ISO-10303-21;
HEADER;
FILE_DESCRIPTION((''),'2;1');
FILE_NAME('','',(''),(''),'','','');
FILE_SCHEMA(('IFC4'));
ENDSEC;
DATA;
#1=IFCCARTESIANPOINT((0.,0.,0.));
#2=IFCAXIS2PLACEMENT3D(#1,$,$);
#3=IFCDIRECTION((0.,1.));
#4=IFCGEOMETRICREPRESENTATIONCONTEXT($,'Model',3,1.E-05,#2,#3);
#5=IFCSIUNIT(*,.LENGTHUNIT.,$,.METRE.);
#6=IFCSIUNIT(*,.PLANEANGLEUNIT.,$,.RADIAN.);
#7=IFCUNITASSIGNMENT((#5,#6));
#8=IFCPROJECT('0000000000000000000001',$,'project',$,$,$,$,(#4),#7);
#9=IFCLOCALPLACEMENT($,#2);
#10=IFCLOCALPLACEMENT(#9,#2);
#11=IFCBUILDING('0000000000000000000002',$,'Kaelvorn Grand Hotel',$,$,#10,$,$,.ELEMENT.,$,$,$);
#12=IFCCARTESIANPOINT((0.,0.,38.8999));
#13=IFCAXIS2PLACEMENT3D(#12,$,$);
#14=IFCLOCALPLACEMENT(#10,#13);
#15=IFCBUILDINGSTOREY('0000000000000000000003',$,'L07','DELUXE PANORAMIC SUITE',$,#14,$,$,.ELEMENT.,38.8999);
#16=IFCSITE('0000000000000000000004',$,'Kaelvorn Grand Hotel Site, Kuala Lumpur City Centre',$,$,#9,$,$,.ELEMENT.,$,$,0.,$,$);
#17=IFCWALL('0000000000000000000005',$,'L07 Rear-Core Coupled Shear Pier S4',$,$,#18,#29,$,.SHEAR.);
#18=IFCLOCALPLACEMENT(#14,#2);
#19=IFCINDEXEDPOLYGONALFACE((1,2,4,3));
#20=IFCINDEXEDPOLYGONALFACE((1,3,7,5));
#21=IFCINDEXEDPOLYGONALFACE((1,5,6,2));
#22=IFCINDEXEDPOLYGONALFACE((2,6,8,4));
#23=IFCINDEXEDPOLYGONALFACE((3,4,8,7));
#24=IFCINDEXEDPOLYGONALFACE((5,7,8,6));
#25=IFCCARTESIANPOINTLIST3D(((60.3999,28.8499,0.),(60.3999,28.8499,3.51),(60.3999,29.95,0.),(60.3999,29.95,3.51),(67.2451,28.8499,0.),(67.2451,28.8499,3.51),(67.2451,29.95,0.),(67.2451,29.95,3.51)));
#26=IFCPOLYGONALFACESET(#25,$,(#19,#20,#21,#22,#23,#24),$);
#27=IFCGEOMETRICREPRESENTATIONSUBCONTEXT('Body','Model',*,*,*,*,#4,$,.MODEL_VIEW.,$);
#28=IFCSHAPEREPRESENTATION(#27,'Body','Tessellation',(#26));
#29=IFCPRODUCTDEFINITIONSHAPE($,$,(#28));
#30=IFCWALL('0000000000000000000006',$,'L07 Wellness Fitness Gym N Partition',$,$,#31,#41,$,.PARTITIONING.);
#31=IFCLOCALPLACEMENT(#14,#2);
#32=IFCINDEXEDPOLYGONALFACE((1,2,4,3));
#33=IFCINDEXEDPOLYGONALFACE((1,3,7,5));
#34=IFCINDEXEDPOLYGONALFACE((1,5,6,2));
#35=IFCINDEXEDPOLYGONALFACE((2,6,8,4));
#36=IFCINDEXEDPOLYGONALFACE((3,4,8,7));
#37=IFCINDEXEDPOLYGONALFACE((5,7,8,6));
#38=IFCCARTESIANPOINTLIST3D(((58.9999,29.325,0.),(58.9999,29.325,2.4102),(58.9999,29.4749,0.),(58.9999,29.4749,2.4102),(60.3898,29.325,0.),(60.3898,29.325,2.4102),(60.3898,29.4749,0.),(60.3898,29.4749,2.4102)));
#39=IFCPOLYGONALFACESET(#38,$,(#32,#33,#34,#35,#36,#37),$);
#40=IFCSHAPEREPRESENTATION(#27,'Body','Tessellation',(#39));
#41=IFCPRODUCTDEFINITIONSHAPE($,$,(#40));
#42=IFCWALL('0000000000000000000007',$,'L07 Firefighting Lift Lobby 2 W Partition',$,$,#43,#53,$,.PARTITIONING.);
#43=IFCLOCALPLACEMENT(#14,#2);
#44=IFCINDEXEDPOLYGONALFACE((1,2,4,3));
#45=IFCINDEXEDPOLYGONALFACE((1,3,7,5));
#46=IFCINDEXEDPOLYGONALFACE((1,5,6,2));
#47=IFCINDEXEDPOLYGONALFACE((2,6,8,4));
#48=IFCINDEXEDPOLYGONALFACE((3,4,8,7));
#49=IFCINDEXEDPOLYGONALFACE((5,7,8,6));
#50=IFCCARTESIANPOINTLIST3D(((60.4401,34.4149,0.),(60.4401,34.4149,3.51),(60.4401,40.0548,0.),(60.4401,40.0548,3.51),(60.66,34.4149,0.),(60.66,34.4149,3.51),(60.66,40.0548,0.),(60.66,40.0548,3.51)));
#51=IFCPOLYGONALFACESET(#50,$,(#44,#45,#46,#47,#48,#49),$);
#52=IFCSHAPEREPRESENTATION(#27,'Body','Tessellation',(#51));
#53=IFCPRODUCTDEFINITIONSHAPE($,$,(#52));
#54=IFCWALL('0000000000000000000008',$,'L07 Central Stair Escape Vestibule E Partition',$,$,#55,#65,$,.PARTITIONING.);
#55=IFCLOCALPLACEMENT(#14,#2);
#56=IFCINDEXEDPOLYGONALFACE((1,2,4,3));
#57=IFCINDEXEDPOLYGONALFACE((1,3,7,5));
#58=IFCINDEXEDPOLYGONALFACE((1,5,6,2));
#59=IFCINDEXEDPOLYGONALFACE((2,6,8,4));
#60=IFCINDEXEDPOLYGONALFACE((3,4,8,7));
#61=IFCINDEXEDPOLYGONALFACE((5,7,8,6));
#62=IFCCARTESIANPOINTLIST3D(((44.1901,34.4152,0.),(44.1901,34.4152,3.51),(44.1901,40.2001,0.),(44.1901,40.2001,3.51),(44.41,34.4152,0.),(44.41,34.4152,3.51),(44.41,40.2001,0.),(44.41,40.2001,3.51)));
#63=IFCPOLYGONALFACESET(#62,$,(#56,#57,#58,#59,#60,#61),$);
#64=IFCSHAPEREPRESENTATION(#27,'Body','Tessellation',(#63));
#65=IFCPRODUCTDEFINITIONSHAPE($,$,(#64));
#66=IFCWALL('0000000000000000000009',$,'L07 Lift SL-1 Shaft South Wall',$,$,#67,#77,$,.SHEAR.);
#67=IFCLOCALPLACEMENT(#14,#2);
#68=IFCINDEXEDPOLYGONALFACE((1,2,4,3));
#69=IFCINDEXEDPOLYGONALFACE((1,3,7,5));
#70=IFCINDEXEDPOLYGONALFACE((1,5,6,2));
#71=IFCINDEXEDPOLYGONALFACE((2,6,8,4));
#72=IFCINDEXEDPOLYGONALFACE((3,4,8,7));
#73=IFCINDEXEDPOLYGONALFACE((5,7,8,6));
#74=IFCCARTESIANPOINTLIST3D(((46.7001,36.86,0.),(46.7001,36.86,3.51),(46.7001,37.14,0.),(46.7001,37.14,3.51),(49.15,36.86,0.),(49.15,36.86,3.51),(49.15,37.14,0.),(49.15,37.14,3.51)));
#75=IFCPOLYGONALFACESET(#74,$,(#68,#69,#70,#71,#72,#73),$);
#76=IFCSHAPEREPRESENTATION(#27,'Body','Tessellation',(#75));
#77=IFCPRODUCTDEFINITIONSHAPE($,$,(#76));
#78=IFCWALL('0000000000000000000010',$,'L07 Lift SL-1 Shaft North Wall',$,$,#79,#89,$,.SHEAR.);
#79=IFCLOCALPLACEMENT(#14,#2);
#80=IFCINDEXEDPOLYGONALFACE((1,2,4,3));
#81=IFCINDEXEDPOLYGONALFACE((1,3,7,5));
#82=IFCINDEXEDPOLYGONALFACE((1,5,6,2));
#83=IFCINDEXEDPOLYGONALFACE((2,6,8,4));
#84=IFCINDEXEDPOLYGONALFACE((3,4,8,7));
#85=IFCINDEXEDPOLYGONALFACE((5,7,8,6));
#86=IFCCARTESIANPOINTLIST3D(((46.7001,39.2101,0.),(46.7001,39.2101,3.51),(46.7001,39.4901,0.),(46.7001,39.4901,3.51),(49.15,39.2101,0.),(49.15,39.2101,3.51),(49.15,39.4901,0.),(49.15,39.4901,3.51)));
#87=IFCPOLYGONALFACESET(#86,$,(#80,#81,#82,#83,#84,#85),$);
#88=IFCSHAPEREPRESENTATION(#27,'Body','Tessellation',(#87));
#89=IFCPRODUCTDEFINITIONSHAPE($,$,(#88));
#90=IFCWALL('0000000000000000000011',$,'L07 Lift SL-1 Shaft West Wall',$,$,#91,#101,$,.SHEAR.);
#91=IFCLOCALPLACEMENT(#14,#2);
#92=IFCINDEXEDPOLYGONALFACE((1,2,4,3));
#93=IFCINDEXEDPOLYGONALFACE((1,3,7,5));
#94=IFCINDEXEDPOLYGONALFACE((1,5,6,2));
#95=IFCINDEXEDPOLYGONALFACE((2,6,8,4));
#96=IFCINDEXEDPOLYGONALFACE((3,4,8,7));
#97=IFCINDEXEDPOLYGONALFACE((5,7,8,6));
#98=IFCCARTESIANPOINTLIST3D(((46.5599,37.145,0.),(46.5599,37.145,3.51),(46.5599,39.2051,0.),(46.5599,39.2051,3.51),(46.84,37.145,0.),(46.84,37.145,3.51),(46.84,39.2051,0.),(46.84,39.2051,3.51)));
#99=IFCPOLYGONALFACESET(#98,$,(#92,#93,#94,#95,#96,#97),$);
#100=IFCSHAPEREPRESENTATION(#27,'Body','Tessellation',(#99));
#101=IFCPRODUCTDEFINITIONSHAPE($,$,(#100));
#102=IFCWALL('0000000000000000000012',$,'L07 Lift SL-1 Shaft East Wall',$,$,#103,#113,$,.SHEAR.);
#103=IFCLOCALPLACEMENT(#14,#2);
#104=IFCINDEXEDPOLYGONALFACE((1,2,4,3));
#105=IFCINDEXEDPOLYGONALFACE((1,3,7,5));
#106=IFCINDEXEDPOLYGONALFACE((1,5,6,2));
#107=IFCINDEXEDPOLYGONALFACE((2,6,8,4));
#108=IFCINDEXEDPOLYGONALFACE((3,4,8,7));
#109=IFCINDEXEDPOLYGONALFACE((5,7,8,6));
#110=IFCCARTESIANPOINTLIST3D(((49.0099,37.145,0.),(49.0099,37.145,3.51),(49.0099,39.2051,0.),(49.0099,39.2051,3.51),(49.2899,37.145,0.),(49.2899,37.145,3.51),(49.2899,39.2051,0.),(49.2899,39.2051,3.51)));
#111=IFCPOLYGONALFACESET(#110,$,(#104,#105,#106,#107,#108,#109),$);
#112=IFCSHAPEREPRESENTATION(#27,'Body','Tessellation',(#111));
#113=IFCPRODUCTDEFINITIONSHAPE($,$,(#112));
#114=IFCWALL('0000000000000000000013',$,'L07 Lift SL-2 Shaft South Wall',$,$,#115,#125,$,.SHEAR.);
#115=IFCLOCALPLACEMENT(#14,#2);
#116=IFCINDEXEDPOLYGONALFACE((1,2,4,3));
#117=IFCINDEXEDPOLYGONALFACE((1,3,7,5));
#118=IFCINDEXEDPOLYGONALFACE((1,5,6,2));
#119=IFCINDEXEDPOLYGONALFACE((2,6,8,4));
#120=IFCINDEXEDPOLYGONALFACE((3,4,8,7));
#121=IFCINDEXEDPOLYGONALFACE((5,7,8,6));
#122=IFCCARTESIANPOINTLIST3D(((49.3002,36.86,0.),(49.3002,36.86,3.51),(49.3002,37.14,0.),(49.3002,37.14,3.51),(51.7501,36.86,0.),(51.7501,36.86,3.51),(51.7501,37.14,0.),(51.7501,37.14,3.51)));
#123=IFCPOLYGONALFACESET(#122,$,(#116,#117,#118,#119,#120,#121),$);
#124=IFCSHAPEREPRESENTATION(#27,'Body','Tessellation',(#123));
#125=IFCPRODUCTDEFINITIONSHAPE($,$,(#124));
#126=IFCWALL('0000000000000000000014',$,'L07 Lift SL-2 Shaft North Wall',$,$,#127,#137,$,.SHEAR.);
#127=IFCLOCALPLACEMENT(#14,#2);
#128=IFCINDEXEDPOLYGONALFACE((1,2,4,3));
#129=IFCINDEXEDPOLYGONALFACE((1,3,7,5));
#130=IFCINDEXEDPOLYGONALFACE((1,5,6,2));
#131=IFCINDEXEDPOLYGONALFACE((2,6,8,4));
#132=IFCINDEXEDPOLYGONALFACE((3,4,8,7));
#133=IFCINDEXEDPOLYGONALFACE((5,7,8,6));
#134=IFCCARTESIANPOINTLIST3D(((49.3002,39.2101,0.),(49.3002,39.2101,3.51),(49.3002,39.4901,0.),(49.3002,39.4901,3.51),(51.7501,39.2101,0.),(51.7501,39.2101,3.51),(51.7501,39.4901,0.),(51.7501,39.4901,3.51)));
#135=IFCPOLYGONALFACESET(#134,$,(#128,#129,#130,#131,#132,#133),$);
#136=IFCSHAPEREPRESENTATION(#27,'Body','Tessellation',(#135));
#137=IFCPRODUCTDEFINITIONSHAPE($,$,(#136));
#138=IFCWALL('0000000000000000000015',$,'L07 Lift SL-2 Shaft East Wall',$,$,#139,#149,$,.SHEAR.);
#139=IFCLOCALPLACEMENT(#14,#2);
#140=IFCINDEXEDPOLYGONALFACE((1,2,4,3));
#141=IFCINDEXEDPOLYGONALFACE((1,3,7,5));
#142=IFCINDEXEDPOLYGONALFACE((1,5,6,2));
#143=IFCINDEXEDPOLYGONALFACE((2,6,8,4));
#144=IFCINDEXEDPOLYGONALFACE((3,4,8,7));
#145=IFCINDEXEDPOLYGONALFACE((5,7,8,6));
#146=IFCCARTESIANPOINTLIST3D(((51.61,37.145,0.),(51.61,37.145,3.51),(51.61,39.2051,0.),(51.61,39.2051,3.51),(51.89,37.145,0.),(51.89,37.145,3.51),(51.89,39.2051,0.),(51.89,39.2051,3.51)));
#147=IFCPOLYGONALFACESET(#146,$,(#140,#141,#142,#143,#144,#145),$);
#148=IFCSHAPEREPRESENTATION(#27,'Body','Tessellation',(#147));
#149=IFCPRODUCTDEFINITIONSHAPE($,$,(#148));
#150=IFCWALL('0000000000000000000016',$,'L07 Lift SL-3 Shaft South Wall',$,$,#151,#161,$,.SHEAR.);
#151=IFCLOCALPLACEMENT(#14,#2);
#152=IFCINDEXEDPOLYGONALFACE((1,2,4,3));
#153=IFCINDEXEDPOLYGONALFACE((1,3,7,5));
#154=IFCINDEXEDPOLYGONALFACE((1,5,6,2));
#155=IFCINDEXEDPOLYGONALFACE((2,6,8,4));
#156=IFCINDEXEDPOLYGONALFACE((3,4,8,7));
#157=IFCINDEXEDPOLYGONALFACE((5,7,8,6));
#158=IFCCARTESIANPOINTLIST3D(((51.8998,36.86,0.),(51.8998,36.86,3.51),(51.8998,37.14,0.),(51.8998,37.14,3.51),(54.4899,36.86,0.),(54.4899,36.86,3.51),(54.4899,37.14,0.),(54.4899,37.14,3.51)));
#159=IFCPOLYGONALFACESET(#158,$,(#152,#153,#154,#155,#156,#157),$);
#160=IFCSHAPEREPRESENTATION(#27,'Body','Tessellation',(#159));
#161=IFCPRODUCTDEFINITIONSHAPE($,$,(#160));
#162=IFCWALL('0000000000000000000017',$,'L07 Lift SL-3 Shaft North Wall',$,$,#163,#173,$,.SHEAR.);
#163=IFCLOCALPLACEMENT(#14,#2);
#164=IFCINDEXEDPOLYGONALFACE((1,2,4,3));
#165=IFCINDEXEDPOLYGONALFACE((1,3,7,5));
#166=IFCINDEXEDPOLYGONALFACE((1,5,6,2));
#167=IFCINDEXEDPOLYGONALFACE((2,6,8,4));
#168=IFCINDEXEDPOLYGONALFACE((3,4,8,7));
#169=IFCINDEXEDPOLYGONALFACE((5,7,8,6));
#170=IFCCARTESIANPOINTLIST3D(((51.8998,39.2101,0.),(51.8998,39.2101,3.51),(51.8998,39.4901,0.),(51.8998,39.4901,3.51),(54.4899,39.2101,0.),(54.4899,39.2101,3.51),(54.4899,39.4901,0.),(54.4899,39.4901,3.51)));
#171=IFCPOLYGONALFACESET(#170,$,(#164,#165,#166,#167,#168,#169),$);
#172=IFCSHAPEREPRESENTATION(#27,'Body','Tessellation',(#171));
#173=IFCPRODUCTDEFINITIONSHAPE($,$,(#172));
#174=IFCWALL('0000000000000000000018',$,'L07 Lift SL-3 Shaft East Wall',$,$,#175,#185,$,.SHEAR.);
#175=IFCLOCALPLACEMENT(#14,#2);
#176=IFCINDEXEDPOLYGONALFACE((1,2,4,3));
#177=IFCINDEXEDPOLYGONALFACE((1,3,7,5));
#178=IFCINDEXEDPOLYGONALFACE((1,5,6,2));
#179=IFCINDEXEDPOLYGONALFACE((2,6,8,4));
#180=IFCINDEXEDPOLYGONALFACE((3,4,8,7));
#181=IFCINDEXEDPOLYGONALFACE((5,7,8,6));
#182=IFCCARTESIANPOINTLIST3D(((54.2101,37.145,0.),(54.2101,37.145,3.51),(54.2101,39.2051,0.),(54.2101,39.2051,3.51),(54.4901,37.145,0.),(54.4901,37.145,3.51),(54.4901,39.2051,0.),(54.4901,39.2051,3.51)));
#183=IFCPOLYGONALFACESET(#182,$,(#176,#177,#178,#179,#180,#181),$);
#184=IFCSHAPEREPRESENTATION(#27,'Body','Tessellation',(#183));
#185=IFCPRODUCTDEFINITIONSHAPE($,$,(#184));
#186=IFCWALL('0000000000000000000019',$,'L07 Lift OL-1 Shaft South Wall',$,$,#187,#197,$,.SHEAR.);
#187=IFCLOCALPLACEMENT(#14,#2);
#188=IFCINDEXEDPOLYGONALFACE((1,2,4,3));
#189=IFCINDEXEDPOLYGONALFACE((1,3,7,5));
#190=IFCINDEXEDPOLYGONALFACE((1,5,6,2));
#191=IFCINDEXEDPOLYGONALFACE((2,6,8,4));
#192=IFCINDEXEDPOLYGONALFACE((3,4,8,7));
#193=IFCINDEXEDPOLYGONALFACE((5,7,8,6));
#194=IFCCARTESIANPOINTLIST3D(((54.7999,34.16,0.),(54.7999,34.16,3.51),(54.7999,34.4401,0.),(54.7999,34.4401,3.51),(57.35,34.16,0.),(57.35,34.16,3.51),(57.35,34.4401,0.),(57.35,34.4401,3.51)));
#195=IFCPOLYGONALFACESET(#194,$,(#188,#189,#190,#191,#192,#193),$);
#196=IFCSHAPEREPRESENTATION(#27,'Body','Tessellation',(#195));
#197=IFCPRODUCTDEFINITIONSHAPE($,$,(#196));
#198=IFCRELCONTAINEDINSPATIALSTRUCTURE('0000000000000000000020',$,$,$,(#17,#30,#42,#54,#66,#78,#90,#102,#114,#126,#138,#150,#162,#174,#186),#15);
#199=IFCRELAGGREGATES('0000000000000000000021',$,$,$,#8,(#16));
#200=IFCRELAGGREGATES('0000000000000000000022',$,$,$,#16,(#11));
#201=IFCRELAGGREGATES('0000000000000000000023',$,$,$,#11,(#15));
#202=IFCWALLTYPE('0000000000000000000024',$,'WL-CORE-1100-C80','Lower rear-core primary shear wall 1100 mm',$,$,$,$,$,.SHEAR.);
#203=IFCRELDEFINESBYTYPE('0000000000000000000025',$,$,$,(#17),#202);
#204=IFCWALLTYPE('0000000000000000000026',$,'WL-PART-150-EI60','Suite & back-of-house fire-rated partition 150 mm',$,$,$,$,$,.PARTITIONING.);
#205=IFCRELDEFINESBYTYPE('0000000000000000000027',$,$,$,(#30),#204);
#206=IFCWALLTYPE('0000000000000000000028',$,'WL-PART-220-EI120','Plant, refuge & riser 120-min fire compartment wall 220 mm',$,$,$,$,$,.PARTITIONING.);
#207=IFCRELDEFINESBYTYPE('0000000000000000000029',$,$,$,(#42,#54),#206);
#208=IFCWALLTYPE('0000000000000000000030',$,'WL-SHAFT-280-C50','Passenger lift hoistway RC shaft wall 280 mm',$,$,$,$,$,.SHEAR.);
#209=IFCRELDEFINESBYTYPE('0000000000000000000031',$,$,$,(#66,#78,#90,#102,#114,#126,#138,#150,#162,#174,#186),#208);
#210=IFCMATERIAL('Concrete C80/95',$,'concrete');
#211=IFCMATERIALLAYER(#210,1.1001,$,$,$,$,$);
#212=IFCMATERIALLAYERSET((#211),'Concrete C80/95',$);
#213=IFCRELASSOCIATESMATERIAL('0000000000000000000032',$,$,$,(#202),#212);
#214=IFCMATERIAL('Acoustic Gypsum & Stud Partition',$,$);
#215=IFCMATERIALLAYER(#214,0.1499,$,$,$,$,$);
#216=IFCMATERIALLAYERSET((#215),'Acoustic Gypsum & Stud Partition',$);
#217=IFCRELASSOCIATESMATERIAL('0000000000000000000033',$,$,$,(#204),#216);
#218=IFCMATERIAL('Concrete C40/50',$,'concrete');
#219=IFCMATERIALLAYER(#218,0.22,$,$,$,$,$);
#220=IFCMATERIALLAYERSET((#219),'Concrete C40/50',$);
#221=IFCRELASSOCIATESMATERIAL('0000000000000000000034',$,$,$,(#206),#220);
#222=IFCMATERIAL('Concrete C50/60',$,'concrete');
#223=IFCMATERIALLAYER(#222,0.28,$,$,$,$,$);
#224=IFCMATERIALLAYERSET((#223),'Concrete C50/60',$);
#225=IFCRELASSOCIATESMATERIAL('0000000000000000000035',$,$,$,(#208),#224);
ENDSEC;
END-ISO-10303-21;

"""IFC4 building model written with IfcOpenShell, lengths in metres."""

from ifc_helpers import new_model, si_unit, direction, frame, frame_2d, origin, place, context, subcontext, project, spatial, rectangle, extrude, material, layer, layer_set, type_object, element, save


model = new_model("IFC4")

# Units and contexts
model_context = context("Model", 3, precision=1e-05, world=origin(), true_north=direction((0.0, 1.0)))
body_context = subcontext(model_context, "Body", "Model", "MODEL_VIEW")
ifc_project = project(units=[si_unit("LENGTHUNIT", "METRE"), si_unit("PLANEANGLEUNIT", "RADIAN")], contexts=[model_context])

# Site, building, storey
site_placement = place(None, origin())
site = spatial("IfcSite", under=ifc_project, at=site_placement, Name="Kaelvorn Grand Hotel Site, Kuala Lumpur City Centre", CompositionType="ELEMENT", RefElevation=0.0)
building_placement = place(site_placement, origin())
building = spatial("IfcBuilding", under=site, at=building_placement, Name="Kaelvorn Grand Hotel", CompositionType="ELEMENT")
storey_placement = place(building_placement, frame((0.0, 0.0, 38.8999)))
storey = spatial("IfcBuildingStorey", under=building, at=storey_placement, Name="L07", Description="DELUXE PANORAMIC SUITE", CompositionType="ELEMENT", Elevation=38.8999)

# Walls
ifc_material_1 = material(Name="Concrete C80/95", Category="concrete")
ifc_layer_1 = layer(ifc_material_1, 1.1001)
ifc_layer_set_1 = layer_set([ifc_layer_1], Name="Concrete C80/95")
wall_type_1 = type_object("IfcWallType", Name="WL-CORE-1100-C80", Description="Lower rear-core primary shear wall 1100 mm", PredefinedType="SHEAR", material=ifc_layer_set_1)
wall_1_placement = place(storey_placement, frame((60.3999, 29.3999, 0.0), z_axis=(0.0, 0.0, 1.0), x_axis=(1.0, 0.0, 0.0)))
element("IfcWall", 1, at=wall_1_placement, inside=storey, type_object=wall_type_1, Name="L07 Rear-Core Coupled Shear Pier S4", PredefinedType="SHEAR", context=body_context, shape_type="SweptSolid", body=[
    extrude(rectangle(XDim=6.8452, YDim=1.1001, at=frame_2d((3.4226, 0.0))), origin(), (0.0, 0.0, 1.0), 3.51),
])
ifc_material_2 = material(Name="Acoustic Gypsum & Stud Partition")
ifc_layer_2 = layer(ifc_material_2, 0.1499)
ifc_layer_set_2 = layer_set([ifc_layer_2], Name="Acoustic Gypsum & Stud Partition")
wall_type_2 = type_object("IfcWallType", Name="WL-PART-150-EI60", Description="Suite & back-of-house fire-rated partition 150 mm", PredefinedType="PARTITIONING", material=ifc_layer_set_2)
wall_2_placement = place(storey_placement, frame((59.0, 29.3999, 0.0), z_axis=(0.0, 0.0, 1.0), x_axis=(1.0, 0.0, 0.0)))
element("IfcWall", 2, at=wall_2_placement, inside=storey, type_object=wall_type_2, Name="L07 Wellness Fitness Gym N Partition", PredefinedType="PARTITIONING", context=body_context, shape_type="SweptSolid", body=[
    extrude(rectangle(XDim=1.3899, YDim=0.1499, at=frame_2d((0.6948, 0.0))), origin(), (0.0, 0.0, 1.0), 2.4102),
])

# Shared definitions
ifc_material_3 = material(Name="Concrete C40/50", Category="concrete")
ifc_layer_3 = layer(ifc_material_3, 0.22)
ifc_layer_set_3 = layer_set([ifc_layer_3], Name="Concrete C40/50")
wall_type_3 = type_object("IfcWallType", Name="WL-PART-220-EI120", Description="Plant, refuge & riser 120-min fire compartment wall 220 mm", PredefinedType="PARTITIONING", material=ifc_layer_set_3)

# Walls
wall_3_placement = place(storey_placement, frame((60.55, 34.415, 0.0), z_axis=(0.0, 0.0, 1.0), x_axis=(0.0, 1.0, 0.0)))
element("IfcWall", 3, at=wall_3_placement, inside=storey, type_object=wall_type_3, Name="L07 Firefighting Lift Lobby 2 W Partition", PredefinedType="PARTITIONING", context=body_context, shape_type="SweptSolid", body=[
    extrude(rectangle(XDim=5.6399, YDim=0.22, at=frame_2d((2.8198, 0.0))), origin(), (0.0, 0.0, 1.0), 3.51),
])
wall_4_placement = place(storey_placement, frame((44.3, 34.415, 0.0), z_axis=(0.0, 0.0, 1.0), x_axis=(0.0, 1.0, 0.0)))
element("IfcWall", 4, at=wall_4_placement, inside=storey, type_object=wall_type_3, Name="L07 Central Stair Escape Vestibule E Partition", PredefinedType="PARTITIONING", context=body_context, shape_type="SweptSolid", body=[
    extrude(rectangle(XDim=5.7849, YDim=0.22, at=frame_2d((2.8926, 0.0))), origin(), (0.0, 0.0, 1.0), 3.51),
])
ifc_material_4 = material(Name="Concrete C50/60", Category="concrete")
ifc_layer_4 = layer(ifc_material_4, 0.28)
ifc_layer_set_4 = layer_set([ifc_layer_4], Name="Concrete C50/60")
wall_type_4 = type_object("IfcWallType", Name="WL-SHAFT-280-C50", Description="Passenger lift hoistway RC shaft wall 280 mm", PredefinedType="SHEAR", material=ifc_layer_set_4)
for number, where, z_axis, x_axis, name in (
    (5, (46.7, 37.0, 0.0), (0.0, 0.0, 1.0), (1.0, 0.0, 0.0), "L07 Lift SL-1 Shaft South Wall"),
    (6, (46.7, 39.3501, 0.0), (0.0, 0.0, 1.0), (1.0, 0.0, 0.0), "L07 Lift SL-1 Shaft North Wall"),
):
    element("IfcWall", number, at=place(storey_placement, frame(where, z_axis=z_axis, x_axis=x_axis)), inside=storey, type_object=wall_type_4, Name=name, PredefinedType="SHEAR", context=body_context, shape_type="SweptSolid", body=[
        extrude(rectangle(XDim=2.45, YDim=0.28, at=frame_2d((1.2251, 0.0))), origin(), (0.0, 0.0, 1.0), 3.51),
    ])
for number, where, z_axis, x_axis, name in (
    (7, (46.7, 37.145, 0.0), (0.0, 0.0, 1.0), (0.0, 1.0, 0.0), "L07 Lift SL-1 Shaft West Wall"),
    (8, (49.1499, 37.145, 0.0), (0.0, 0.0, 1.0), (0.0, 1.0, 0.0), "L07 Lift SL-1 Shaft East Wall"),
):
    element("IfcWall", number, at=place(storey_placement, frame(where, z_axis=z_axis, x_axis=x_axis)), inside=storey, type_object=wall_type_4, Name=name, PredefinedType="SHEAR", context=body_context, shape_type="SweptSolid", body=[
        extrude(rectangle(XDim=2.0601, YDim=0.28, at=frame_2d((1.03, 0.0))), origin(), (0.0, 0.0, 1.0), 3.51),
    ])
for number, where, z_axis, x_axis, name in (
    (9, (49.3, 37.0, 0.0), (0.0, 0.0, 1.0), (1.0, 0.0, 0.0), "L07 Lift SL-2 Shaft South Wall"),
    (10, (49.3, 39.3501, 0.0), (0.0, 0.0, 1.0), (1.0, 0.0, 0.0), "L07 Lift SL-2 Shaft North Wall"),
):
    element("IfcWall", number, at=place(storey_placement, frame(where, z_axis=z_axis, x_axis=x_axis)), inside=storey, type_object=wall_type_4, Name=name, PredefinedType="SHEAR", context=body_context, shape_type="SweptSolid", body=[
        extrude(rectangle(XDim=2.45, YDim=0.28, at=frame_2d((1.2251, 0.0))), origin(), (0.0, 0.0, 1.0), 3.51),
    ])
wall_5_placement = place(storey_placement, frame((51.75, 37.145, 0.0), z_axis=(0.0, 0.0, 1.0), x_axis=(0.0, 1.0, 0.0)))
element("IfcWall", 11, at=wall_5_placement, inside=storey, type_object=wall_type_4, Name="L07 Lift SL-2 Shaft East Wall", PredefinedType="SHEAR", context=body_context, shape_type="SweptSolid", body=[
    extrude(rectangle(XDim=2.0601, YDim=0.28, at=frame_2d((1.03, 0.0))), origin(), (0.0, 0.0, 1.0), 3.51),
])
for number, where, z_axis, x_axis, name in (
    (12, (51.8999, 37.0, 0.0), (0.0, 0.0, 1.0), (1.0, 0.0, 0.0), "L07 Lift SL-3 Shaft South Wall"),
    (13, (51.8999, 39.3501, 0.0), (0.0, 0.0, 1.0), (1.0, 0.0, 0.0), "L07 Lift SL-3 Shaft North Wall"),
):
    element("IfcWall", number, at=place(storey_placement, frame(where, z_axis=z_axis, x_axis=x_axis)), inside=storey, type_object=wall_type_4, Name=name, PredefinedType="SHEAR", context=body_context, shape_type="SweptSolid", body=[
        extrude(rectangle(XDim=2.5901, YDim=0.28, at=frame_2d((1.2949, 0.0))), origin(), (0.0, 0.0, 1.0), 3.51),
    ])
wall_6_placement = place(storey_placement, frame((54.3501, 37.145, 0.0), z_axis=(0.0, 0.0, 1.0), x_axis=(0.0, 1.0, 0.0)))
element("IfcWall", 14, at=wall_6_placement, inside=storey, type_object=wall_type_4, Name="L07 Lift SL-3 Shaft East Wall", PredefinedType="SHEAR", context=body_context, shape_type="SweptSolid", body=[
    extrude(rectangle(XDim=2.0601, YDim=0.28, at=frame_2d((1.03, 0.0))), origin(), (0.0, 0.0, 1.0), 3.51),
])
for number, where, z_axis, x_axis, name in (
    (15, (54.8, 34.3, 0.0), (0.0, 0.0, 1.0), (1.0, 0.0, 0.0), "L07 Lift OL-1 Shaft South Wall"),
):
    element("IfcWall", number, at=place(storey_placement, frame(where, z_axis=z_axis, x_axis=x_axis)), inside=storey, type_object=wall_type_4, Name=name, PredefinedType="SHEAR", context=body_context, shape_type="SweptSolid", body=[
        extrude(rectangle(XDim=2.55, YDim=0.28, at=frame_2d((1.2749, 0.0))), origin(), (0.0, 0.0, 1.0), 3.51),
    ])

save(model, "model.ifc")
